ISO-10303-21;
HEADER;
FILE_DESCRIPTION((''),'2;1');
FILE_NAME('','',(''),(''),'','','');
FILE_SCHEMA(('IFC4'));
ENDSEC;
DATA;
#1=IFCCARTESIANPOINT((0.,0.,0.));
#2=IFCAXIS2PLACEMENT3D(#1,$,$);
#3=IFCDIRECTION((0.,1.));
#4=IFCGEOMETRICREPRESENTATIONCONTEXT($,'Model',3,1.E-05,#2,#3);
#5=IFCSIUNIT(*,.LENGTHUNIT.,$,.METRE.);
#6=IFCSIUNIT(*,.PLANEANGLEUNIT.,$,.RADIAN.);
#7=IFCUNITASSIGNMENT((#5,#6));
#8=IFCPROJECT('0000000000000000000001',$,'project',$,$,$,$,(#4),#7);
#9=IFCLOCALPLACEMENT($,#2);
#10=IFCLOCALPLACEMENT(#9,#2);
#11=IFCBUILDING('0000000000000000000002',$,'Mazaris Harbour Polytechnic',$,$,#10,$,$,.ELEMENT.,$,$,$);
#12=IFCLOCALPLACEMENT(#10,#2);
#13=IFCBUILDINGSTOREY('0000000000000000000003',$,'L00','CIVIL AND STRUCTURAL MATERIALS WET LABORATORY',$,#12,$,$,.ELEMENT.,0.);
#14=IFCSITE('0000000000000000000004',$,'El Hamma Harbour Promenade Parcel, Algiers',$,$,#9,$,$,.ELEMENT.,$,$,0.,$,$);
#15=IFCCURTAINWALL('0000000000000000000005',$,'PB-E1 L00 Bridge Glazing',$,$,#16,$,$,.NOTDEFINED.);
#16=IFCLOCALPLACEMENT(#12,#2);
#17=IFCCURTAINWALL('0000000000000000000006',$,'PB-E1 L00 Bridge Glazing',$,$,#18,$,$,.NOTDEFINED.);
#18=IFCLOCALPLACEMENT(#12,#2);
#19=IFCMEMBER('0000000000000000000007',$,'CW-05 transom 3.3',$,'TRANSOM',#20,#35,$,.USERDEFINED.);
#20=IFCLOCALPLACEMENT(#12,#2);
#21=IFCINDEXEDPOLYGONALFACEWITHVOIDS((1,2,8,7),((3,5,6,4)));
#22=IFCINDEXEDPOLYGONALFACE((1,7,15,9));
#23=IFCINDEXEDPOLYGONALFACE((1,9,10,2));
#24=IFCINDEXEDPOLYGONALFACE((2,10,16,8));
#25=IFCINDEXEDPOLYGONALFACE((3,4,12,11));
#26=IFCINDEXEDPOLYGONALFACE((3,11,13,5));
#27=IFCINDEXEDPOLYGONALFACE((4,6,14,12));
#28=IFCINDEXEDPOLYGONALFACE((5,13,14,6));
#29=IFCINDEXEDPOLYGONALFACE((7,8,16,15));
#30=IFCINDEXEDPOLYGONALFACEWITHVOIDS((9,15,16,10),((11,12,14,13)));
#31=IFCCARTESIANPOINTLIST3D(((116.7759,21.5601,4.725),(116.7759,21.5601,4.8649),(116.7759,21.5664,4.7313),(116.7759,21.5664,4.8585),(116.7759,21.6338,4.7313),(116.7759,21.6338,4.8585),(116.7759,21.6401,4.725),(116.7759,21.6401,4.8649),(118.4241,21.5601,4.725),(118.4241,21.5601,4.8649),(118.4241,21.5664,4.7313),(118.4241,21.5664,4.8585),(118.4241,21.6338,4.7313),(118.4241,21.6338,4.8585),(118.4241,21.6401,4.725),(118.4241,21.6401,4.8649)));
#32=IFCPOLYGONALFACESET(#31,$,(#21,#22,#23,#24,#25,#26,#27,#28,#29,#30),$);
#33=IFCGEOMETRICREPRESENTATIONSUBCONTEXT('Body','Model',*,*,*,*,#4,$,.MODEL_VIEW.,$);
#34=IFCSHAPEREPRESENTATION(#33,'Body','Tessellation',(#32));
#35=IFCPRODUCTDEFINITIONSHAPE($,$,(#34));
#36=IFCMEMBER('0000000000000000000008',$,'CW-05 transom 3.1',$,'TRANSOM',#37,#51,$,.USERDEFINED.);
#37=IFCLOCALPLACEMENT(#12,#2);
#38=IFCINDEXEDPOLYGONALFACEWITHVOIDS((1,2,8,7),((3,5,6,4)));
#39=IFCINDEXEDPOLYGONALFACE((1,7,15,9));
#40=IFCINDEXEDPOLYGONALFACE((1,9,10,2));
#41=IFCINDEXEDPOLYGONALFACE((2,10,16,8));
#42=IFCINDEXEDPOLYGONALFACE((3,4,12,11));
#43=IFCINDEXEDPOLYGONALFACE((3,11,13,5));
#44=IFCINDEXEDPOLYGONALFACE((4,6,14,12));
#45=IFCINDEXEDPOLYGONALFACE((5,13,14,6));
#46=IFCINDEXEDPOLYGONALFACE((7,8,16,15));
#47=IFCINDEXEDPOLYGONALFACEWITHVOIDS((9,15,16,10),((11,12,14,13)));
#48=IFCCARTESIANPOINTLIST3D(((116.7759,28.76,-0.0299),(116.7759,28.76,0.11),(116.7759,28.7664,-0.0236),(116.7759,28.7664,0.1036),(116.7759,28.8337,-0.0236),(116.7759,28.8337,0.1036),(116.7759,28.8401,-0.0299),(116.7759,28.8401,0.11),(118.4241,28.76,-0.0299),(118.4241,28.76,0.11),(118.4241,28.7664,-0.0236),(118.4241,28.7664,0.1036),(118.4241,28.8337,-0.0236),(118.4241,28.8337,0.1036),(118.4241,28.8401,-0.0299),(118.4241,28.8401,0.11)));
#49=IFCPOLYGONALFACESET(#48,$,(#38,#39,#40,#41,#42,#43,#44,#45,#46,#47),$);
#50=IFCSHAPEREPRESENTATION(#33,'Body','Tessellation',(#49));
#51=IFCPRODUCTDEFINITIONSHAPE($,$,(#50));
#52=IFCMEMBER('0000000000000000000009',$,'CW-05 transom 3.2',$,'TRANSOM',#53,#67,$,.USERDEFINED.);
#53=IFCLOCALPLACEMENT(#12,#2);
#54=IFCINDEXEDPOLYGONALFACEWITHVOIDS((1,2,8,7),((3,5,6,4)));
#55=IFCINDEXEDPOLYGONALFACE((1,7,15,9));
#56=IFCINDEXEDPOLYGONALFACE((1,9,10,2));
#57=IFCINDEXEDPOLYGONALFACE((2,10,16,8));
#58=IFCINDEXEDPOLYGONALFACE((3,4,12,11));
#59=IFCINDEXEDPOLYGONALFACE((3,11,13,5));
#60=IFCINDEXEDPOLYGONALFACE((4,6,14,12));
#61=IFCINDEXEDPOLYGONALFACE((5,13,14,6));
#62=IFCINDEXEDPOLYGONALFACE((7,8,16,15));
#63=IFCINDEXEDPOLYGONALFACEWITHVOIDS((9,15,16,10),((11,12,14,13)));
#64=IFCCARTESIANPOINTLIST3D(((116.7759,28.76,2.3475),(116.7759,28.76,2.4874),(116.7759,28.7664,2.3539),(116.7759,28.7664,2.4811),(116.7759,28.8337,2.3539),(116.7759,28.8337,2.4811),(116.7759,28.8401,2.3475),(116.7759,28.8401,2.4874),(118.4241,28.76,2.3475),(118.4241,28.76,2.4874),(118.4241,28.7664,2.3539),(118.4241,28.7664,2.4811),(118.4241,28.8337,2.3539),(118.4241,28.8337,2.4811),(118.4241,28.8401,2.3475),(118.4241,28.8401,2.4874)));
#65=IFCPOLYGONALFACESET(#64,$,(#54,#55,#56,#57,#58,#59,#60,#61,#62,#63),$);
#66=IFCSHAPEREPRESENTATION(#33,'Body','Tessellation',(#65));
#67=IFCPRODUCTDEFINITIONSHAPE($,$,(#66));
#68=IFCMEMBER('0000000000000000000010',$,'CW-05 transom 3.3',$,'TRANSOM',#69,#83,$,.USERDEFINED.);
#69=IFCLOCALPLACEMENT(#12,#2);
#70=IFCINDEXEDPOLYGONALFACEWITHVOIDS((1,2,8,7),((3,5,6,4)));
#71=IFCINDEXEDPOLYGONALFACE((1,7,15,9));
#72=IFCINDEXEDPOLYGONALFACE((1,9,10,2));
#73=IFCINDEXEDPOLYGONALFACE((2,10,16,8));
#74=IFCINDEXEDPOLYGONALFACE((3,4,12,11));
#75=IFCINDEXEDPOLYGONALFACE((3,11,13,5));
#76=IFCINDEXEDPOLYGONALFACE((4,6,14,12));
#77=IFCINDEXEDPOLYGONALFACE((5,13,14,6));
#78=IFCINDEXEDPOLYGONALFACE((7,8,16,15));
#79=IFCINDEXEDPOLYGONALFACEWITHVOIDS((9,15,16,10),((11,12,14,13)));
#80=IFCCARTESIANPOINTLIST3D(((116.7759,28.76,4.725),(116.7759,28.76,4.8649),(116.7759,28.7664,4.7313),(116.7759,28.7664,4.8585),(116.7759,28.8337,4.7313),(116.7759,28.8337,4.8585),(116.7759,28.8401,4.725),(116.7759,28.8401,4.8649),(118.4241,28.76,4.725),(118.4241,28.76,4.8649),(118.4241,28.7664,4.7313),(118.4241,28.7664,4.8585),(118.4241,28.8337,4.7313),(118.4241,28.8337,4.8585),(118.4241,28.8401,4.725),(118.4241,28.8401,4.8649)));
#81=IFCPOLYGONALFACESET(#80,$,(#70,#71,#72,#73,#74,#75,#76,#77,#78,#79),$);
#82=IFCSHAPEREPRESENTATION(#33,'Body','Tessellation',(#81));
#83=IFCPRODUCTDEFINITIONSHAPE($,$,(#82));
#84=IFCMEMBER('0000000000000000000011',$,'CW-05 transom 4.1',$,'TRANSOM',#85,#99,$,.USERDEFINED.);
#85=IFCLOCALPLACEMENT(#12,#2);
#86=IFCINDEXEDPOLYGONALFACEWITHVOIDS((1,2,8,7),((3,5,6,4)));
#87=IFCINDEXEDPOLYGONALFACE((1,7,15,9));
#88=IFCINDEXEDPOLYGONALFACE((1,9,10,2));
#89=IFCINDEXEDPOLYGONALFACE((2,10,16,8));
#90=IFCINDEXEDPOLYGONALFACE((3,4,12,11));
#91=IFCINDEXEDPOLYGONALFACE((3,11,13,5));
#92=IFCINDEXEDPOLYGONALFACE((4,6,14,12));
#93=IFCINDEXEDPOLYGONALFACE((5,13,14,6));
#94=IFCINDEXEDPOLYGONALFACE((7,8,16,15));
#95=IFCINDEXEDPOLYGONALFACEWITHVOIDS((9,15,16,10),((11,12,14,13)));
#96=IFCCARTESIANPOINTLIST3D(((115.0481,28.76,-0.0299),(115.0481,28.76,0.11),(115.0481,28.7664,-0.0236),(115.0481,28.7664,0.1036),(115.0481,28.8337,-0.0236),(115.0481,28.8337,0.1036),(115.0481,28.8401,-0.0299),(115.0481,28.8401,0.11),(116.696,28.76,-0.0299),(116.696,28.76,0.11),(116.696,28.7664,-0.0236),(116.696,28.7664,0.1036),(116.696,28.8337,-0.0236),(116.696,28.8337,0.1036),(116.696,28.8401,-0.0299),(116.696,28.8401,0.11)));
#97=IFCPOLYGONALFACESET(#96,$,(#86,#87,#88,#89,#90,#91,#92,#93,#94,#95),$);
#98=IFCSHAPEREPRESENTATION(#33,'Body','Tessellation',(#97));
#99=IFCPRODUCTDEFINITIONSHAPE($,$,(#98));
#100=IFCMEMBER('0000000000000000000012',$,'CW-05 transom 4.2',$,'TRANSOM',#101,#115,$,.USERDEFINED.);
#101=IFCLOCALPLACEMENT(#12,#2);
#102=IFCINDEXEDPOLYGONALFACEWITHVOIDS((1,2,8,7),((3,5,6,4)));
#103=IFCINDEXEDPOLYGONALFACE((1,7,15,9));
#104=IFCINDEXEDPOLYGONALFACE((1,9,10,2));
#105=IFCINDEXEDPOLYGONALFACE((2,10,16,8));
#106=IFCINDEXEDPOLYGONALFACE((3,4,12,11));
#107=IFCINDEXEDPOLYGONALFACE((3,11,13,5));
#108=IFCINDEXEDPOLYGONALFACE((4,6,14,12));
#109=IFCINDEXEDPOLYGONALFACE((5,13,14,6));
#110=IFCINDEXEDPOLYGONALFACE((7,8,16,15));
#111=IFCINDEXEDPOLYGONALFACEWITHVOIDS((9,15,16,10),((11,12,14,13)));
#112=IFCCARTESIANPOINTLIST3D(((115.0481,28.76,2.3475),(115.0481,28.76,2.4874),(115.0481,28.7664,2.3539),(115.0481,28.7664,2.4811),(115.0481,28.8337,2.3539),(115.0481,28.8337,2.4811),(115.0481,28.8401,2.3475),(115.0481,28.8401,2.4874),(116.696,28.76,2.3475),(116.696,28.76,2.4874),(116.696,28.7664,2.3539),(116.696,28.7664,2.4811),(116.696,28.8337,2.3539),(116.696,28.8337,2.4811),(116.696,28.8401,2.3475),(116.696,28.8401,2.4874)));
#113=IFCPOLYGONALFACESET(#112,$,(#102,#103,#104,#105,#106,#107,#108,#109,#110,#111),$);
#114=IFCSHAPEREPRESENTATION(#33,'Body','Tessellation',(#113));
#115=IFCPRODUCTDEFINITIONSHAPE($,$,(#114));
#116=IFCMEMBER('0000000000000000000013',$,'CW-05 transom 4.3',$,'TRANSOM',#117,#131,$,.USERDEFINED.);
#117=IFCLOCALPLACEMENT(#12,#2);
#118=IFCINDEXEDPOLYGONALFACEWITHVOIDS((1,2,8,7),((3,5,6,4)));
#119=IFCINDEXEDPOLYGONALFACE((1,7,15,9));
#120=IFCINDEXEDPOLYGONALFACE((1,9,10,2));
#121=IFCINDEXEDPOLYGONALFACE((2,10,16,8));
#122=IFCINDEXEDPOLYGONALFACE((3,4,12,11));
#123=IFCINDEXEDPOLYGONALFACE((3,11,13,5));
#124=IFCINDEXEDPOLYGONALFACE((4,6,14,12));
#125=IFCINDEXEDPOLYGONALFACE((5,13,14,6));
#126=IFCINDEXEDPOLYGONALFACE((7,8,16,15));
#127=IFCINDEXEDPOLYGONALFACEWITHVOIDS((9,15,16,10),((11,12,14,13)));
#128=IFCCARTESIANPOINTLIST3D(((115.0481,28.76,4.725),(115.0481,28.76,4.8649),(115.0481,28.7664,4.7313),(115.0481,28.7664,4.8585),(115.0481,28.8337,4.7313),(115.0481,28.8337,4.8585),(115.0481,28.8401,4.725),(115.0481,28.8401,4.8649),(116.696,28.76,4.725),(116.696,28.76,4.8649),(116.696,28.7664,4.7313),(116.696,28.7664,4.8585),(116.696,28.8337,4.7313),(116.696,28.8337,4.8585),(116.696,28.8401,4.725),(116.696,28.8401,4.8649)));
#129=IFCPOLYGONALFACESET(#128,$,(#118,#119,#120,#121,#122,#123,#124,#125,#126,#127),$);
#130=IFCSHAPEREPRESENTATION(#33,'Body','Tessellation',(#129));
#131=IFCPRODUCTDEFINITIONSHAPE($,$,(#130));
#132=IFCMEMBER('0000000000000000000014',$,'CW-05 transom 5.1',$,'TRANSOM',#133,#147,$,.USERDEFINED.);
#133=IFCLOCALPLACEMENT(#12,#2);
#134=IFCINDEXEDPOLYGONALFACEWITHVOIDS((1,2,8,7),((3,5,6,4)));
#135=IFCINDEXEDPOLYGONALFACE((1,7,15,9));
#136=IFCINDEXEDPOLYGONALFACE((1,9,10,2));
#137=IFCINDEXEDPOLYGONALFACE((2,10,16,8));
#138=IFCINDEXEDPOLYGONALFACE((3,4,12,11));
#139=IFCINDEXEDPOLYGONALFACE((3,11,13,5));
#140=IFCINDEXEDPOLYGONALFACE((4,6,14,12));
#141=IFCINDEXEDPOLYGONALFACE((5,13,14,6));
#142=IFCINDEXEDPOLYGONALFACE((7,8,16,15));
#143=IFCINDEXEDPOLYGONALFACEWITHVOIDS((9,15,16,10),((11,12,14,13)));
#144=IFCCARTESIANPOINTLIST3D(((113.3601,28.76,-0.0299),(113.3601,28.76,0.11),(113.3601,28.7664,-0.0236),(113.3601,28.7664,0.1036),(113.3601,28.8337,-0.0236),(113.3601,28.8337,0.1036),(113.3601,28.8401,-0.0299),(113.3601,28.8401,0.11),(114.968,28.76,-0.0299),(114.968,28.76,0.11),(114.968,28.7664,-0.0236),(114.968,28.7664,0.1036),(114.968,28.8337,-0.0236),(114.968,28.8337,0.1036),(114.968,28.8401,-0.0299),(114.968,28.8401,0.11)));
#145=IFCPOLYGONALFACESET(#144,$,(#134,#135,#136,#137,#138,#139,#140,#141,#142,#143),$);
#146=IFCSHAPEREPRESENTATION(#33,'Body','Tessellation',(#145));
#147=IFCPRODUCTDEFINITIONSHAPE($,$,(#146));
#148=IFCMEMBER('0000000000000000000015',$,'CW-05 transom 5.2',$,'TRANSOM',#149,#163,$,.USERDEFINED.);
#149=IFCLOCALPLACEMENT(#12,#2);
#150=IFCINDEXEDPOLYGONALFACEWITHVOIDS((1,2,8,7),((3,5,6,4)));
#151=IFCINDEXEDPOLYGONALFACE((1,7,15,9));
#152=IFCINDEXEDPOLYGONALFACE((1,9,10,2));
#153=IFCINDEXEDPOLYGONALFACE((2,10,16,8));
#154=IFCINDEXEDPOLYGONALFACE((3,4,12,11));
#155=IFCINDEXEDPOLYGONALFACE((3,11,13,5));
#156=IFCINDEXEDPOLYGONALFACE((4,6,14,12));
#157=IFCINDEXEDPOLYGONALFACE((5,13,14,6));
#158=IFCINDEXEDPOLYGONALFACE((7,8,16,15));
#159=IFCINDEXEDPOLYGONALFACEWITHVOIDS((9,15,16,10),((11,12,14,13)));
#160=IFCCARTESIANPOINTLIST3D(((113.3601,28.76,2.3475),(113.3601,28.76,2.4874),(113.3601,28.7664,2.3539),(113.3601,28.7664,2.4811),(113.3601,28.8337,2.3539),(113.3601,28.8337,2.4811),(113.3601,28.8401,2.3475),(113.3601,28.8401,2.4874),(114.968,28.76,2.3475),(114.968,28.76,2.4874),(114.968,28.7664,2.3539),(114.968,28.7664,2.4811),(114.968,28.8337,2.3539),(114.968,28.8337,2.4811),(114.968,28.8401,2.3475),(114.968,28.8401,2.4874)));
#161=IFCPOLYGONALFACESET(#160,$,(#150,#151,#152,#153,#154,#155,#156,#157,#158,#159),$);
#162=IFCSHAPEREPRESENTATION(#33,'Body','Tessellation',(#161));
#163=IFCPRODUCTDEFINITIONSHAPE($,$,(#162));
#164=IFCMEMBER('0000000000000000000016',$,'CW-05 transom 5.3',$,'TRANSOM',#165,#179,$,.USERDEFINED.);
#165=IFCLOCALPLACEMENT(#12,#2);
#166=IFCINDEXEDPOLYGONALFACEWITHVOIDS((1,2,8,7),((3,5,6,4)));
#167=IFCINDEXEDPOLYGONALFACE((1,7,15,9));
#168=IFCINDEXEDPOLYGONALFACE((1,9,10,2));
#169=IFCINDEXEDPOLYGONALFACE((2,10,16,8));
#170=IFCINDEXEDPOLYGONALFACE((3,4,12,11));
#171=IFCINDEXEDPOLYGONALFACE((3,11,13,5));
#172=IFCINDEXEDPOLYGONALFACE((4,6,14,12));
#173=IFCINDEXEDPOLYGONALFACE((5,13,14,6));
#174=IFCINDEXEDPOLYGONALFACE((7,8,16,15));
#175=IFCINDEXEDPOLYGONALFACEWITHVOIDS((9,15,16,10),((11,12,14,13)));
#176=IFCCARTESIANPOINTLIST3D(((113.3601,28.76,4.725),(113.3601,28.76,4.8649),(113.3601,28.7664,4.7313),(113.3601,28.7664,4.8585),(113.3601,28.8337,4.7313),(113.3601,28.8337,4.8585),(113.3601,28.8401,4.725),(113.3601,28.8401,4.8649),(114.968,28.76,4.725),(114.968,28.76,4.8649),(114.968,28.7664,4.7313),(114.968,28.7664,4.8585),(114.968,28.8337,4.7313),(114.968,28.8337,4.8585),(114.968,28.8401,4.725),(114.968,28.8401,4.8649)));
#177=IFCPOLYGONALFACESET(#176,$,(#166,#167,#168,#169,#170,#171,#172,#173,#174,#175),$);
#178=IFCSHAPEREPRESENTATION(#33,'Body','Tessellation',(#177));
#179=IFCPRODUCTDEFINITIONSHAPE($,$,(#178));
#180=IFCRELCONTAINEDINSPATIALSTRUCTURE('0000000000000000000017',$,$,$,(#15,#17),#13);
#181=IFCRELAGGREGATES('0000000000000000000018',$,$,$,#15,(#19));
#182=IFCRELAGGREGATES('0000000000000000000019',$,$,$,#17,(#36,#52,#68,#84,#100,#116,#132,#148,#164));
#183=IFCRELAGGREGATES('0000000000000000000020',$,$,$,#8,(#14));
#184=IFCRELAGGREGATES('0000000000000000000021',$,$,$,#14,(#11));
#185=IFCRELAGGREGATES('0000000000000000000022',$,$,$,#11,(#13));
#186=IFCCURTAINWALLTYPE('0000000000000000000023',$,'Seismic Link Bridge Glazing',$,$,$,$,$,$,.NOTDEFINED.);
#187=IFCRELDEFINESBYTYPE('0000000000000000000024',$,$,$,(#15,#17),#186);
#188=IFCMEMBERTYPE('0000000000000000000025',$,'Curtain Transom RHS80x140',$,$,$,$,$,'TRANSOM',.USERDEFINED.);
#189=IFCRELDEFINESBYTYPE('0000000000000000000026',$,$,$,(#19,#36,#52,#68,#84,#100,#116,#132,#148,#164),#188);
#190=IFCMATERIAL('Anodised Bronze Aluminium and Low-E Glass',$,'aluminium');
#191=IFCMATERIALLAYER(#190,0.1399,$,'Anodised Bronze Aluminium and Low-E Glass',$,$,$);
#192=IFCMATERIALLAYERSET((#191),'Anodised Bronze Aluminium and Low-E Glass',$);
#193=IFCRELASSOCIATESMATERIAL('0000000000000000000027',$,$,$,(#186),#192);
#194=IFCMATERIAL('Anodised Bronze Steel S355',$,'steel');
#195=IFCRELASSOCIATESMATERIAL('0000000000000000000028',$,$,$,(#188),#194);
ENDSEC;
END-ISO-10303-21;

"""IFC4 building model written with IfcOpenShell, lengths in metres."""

from ifc_helpers import new_model, si_unit, direction, frame, origin, origin_2d, place, context, subcontext, project, spatial, hollow_rectangle, extrude, material, layer, layer_set, material_profile, profile_set, type_object, element, aggregate, save


model = new_model("IFC4")

# Units and contexts
model_context = context("Model", 3, precision=1e-05, world=origin(), true_north=direction((0.0, 1.0)))
body_context = subcontext(model_context, "Body", "Model", "MODEL_VIEW")
ifc_project = project(units=[si_unit("LENGTHUNIT", "METRE"), si_unit("PLANEANGLEUNIT", "RADIAN")], contexts=[model_context])

# Site, building, storey
site_placement = place(None, origin())
site = spatial("IfcSite", under=ifc_project, at=site_placement, Name="El Hamma Harbour Promenade Parcel, Algiers", CompositionType="ELEMENT", RefElevation=0.0)
building_placement = place(site_placement, origin())
building = spatial("IfcBuilding", under=site, at=building_placement, Name="Mazaris Harbour Polytechnic", CompositionType="ELEMENT")
storey_placement = place(building_placement, origin())
storey = spatial("IfcBuildingStorey", under=building, at=storey_placement, Name="L00", Description="CIVIL AND STRUCTURAL MATERIALS WET LABORATORY", CompositionType="ELEMENT", Elevation=0.0)

# Curtain wall
ifc_material_1 = material(Name="Anodised Bronze Aluminium and Low-E Glass", Category="aluminium")
ifc_layer_1 = layer(ifc_material_1, 0.1399, Name="Anodised Bronze Aluminium and Low-E Glass")
ifc_layer_set_1 = layer_set([ifc_layer_1], Name="Anodised Bronze Aluminium and Low-E Glass")
curtain_wall_type = type_object("IfcCurtainWallType", Name="Seismic Link Bridge Glazing", PredefinedType="NOTDEFINED", material=ifc_layer_set_1)
curtain_wall_1_placement = place(storey_placement, origin())
curtain_wall_1 = element("IfcCurtainWall", 1, at=curtain_wall_1_placement, inside=storey, type_object=curtain_wall_type, Name="PB-E1 L00 Bridge Glazing", PredefinedType="NOTDEFINED")

# Curtain wall
curtain_wall_2_placement = place(storey_placement, origin())
curtain_wall_2 = element("IfcCurtainWall", 2, at=curtain_wall_2_placement, inside=storey, type_object=curtain_wall_type, Name="PB-E1 L00 Bridge Glazing", PredefinedType="NOTDEFINED")

# Members
ifc_material_2 = material(Name="Anodised Bronze Steel S355", Category="steel")
ifc_material_profile_1 = material_profile(ifc_material_2, hollow_rectangle(XDim=0.0801, YDim=0.1399, WallThickness=0.0063, at=origin_2d()), Name="RHS 80x140x6.3")
ifc_profile_set_1 = profile_set([ifc_material_profile_1], Name="Anodised Bronze Steel S355")
member_type_1 = type_object("IfcMemberType", Name="Curtain Transom RHS80x140", ElementType="TRANSOM", PredefinedType="USERDEFINED", material=ifc_profile_set_1)
member_1_placement = place(storey_placement, frame((116.7759, 21.6001, 4.7949), z_axis=(1.0, 0.0, 0.0), x_axis=(0.0, 1.0, 0.0)))
member_1 = element("IfcMember", 3, at=member_1_placement, type_object=member_type_1, Name="CW-05 transom 3.3", ObjectType="TRANSOM", PredefinedType="USERDEFINED", context=body_context, shape_type="SweptSolid", body=[
    extrude(hollow_rectangle(XDim=0.0801, YDim=0.1399, WallThickness=0.0063, at=origin_2d()), origin(), (0.0, 0.0, 1.0), 1.6482),
])
member_2_placement = place(storey_placement, frame((118.4241, 28.8, 0.04), z_axis=(-1.0, 0.0, 0.0), x_axis=(0.0, -1.0, 0.0)))
member_2 = element("IfcMember", 4, at=member_2_placement, type_object=member_type_1, Name="CW-05 transom 3.1", ObjectType="TRANSOM", PredefinedType="USERDEFINED", context=body_context, shape_type="SweptSolid", body=[
    extrude(hollow_rectangle(XDim=0.0801, YDim=0.1399, WallThickness=0.0063, at=origin_2d()), origin(), (0.0, 0.0, 1.0), 1.6482),
])
member_3_placement = place(storey_placement, frame((118.4241, 28.8, 2.4175), z_axis=(-1.0, 0.0, 0.0), x_axis=(0.0, -1.0, 0.0)))
member_3 = element("IfcMember", 5, at=member_3_placement, type_object=member_type_1, Name="CW-05 transom 3.2", ObjectType="TRANSOM", PredefinedType="USERDEFINED", context=body_context, shape_type="SweptSolid", body=[
    extrude(hollow_rectangle(XDim=0.0801, YDim=0.1399, WallThickness=0.0063, at=origin_2d()), origin(), (0.0, 0.0, 1.0), 1.6482),
])
member_4_placement = place(storey_placement, frame((118.4241, 28.8, 4.7949), z_axis=(-1.0, 0.0, 0.0), x_axis=(0.0, -1.0, 0.0)))
member_4 = element("IfcMember", 6, at=member_4_placement, type_object=member_type_1, Name="CW-05 transom 3.3", ObjectType="TRANSOM", PredefinedType="USERDEFINED", context=body_context, shape_type="SweptSolid", body=[
    extrude(hollow_rectangle(XDim=0.0801, YDim=0.1399, WallThickness=0.0063, at=origin_2d()), origin(), (0.0, 0.0, 1.0), 1.6482),
])
member_5_placement = place(storey_placement, frame((116.696, 28.8, 0.04), z_axis=(-1.0, 0.0, 0.0), x_axis=(0.0, -1.0, 0.0)))
member_5 = element("IfcMember", 7, at=member_5_placement, type_object=member_type_1, Name="CW-05 transom 4.1", ObjectType="TRANSOM", PredefinedType="USERDEFINED", context=body_context, shape_type="SweptSolid", body=[
    extrude(hollow_rectangle(XDim=0.0801, YDim=0.1399, WallThickness=0.0063, at=origin_2d()), origin(), (0.0, 0.0, 1.0), 1.6479),
])
member_6_placement = place(storey_placement, frame((116.696, 28.8, 2.4175), z_axis=(-1.0, 0.0, 0.0), x_axis=(0.0, -1.0, 0.0)))
member_6 = element("IfcMember", 8, at=member_6_placement, type_object=member_type_1, Name="CW-05 transom 4.2", ObjectType="TRANSOM", PredefinedType="USERDEFINED", context=body_context, shape_type="SweptSolid", body=[
    extrude(hollow_rectangle(XDim=0.0801, YDim=0.1399, WallThickness=0.0063, at=origin_2d()), origin(), (0.0, 0.0, 1.0), 1.6479),
])
member_7_placement = place(storey_placement, frame((116.696, 28.8, 4.7949), z_axis=(-1.0, 0.0, 0.0), x_axis=(0.0, -1.0, 0.0)))
member_7 = element("IfcMember", 9, at=member_7_placement, type_object=member_type_1, Name="CW-05 transom 4.3", ObjectType="TRANSOM", PredefinedType="USERDEFINED", context=body_context, shape_type="SweptSolid", body=[
    extrude(hollow_rectangle(XDim=0.0801, YDim=0.1399, WallThickness=0.0063, at=origin_2d()), origin(), (0.0, 0.0, 1.0), 1.6479),
])
member_8_placement = place(storey_placement, frame((114.968, 28.8, 0.04), z_axis=(-1.0, 0.0, 0.0), x_axis=(0.0, -1.0, 0.0)))
member_8 = element("IfcMember", 10, at=member_8_placement, type_object=member_type_1, Name="CW-05 transom 5.1", ObjectType="TRANSOM", PredefinedType="USERDEFINED", context=body_context, shape_type="SweptSolid", body=[
    extrude(hollow_rectangle(XDim=0.0801, YDim=0.1399, WallThickness=0.0063, at=origin_2d()), origin(), (0.0, 0.0, 1.0), 1.6079),
])
member_9_placement = place(storey_placement, frame((114.968, 28.8, 2.4175), z_axis=(-1.0, 0.0, 0.0), x_axis=(0.0, -1.0, 0.0)))
member_9 = element("IfcMember", 11, at=member_9_placement, type_object=member_type_1, Name="CW-05 transom 5.2", ObjectType="TRANSOM", PredefinedType="USERDEFINED", context=body_context, shape_type="SweptSolid", body=[
    extrude(hollow_rectangle(XDim=0.0801, YDim=0.1399, WallThickness=0.0063, at=origin_2d()), origin(), (0.0, 0.0, 1.0), 1.6079),
])
member_10_placement = place(storey_placement, frame((114.968, 28.8, 4.7949), z_axis=(-1.0, 0.0, 0.0), x_axis=(0.0, -1.0, 0.0)))
member_10 = element("IfcMember", 12, at=member_10_placement, type_object=member_type_1, Name="CW-05 transom 5.3", ObjectType="TRANSOM", PredefinedType="USERDEFINED", context=body_context, shape_type="SweptSolid", body=[
    extrude(hollow_rectangle(XDim=0.0801, YDim=0.1399, WallThickness=0.0063, at=origin_2d()), origin(), (0.0, 0.0, 1.0), 1.6079),
])

aggregate(curtain_wall_1, [member_1])
aggregate(curtain_wall_2, [member_2, member_3, member_4, member_5, member_6, member_7, member_8, member_9, member_10])

save(model, "model.ifc")
